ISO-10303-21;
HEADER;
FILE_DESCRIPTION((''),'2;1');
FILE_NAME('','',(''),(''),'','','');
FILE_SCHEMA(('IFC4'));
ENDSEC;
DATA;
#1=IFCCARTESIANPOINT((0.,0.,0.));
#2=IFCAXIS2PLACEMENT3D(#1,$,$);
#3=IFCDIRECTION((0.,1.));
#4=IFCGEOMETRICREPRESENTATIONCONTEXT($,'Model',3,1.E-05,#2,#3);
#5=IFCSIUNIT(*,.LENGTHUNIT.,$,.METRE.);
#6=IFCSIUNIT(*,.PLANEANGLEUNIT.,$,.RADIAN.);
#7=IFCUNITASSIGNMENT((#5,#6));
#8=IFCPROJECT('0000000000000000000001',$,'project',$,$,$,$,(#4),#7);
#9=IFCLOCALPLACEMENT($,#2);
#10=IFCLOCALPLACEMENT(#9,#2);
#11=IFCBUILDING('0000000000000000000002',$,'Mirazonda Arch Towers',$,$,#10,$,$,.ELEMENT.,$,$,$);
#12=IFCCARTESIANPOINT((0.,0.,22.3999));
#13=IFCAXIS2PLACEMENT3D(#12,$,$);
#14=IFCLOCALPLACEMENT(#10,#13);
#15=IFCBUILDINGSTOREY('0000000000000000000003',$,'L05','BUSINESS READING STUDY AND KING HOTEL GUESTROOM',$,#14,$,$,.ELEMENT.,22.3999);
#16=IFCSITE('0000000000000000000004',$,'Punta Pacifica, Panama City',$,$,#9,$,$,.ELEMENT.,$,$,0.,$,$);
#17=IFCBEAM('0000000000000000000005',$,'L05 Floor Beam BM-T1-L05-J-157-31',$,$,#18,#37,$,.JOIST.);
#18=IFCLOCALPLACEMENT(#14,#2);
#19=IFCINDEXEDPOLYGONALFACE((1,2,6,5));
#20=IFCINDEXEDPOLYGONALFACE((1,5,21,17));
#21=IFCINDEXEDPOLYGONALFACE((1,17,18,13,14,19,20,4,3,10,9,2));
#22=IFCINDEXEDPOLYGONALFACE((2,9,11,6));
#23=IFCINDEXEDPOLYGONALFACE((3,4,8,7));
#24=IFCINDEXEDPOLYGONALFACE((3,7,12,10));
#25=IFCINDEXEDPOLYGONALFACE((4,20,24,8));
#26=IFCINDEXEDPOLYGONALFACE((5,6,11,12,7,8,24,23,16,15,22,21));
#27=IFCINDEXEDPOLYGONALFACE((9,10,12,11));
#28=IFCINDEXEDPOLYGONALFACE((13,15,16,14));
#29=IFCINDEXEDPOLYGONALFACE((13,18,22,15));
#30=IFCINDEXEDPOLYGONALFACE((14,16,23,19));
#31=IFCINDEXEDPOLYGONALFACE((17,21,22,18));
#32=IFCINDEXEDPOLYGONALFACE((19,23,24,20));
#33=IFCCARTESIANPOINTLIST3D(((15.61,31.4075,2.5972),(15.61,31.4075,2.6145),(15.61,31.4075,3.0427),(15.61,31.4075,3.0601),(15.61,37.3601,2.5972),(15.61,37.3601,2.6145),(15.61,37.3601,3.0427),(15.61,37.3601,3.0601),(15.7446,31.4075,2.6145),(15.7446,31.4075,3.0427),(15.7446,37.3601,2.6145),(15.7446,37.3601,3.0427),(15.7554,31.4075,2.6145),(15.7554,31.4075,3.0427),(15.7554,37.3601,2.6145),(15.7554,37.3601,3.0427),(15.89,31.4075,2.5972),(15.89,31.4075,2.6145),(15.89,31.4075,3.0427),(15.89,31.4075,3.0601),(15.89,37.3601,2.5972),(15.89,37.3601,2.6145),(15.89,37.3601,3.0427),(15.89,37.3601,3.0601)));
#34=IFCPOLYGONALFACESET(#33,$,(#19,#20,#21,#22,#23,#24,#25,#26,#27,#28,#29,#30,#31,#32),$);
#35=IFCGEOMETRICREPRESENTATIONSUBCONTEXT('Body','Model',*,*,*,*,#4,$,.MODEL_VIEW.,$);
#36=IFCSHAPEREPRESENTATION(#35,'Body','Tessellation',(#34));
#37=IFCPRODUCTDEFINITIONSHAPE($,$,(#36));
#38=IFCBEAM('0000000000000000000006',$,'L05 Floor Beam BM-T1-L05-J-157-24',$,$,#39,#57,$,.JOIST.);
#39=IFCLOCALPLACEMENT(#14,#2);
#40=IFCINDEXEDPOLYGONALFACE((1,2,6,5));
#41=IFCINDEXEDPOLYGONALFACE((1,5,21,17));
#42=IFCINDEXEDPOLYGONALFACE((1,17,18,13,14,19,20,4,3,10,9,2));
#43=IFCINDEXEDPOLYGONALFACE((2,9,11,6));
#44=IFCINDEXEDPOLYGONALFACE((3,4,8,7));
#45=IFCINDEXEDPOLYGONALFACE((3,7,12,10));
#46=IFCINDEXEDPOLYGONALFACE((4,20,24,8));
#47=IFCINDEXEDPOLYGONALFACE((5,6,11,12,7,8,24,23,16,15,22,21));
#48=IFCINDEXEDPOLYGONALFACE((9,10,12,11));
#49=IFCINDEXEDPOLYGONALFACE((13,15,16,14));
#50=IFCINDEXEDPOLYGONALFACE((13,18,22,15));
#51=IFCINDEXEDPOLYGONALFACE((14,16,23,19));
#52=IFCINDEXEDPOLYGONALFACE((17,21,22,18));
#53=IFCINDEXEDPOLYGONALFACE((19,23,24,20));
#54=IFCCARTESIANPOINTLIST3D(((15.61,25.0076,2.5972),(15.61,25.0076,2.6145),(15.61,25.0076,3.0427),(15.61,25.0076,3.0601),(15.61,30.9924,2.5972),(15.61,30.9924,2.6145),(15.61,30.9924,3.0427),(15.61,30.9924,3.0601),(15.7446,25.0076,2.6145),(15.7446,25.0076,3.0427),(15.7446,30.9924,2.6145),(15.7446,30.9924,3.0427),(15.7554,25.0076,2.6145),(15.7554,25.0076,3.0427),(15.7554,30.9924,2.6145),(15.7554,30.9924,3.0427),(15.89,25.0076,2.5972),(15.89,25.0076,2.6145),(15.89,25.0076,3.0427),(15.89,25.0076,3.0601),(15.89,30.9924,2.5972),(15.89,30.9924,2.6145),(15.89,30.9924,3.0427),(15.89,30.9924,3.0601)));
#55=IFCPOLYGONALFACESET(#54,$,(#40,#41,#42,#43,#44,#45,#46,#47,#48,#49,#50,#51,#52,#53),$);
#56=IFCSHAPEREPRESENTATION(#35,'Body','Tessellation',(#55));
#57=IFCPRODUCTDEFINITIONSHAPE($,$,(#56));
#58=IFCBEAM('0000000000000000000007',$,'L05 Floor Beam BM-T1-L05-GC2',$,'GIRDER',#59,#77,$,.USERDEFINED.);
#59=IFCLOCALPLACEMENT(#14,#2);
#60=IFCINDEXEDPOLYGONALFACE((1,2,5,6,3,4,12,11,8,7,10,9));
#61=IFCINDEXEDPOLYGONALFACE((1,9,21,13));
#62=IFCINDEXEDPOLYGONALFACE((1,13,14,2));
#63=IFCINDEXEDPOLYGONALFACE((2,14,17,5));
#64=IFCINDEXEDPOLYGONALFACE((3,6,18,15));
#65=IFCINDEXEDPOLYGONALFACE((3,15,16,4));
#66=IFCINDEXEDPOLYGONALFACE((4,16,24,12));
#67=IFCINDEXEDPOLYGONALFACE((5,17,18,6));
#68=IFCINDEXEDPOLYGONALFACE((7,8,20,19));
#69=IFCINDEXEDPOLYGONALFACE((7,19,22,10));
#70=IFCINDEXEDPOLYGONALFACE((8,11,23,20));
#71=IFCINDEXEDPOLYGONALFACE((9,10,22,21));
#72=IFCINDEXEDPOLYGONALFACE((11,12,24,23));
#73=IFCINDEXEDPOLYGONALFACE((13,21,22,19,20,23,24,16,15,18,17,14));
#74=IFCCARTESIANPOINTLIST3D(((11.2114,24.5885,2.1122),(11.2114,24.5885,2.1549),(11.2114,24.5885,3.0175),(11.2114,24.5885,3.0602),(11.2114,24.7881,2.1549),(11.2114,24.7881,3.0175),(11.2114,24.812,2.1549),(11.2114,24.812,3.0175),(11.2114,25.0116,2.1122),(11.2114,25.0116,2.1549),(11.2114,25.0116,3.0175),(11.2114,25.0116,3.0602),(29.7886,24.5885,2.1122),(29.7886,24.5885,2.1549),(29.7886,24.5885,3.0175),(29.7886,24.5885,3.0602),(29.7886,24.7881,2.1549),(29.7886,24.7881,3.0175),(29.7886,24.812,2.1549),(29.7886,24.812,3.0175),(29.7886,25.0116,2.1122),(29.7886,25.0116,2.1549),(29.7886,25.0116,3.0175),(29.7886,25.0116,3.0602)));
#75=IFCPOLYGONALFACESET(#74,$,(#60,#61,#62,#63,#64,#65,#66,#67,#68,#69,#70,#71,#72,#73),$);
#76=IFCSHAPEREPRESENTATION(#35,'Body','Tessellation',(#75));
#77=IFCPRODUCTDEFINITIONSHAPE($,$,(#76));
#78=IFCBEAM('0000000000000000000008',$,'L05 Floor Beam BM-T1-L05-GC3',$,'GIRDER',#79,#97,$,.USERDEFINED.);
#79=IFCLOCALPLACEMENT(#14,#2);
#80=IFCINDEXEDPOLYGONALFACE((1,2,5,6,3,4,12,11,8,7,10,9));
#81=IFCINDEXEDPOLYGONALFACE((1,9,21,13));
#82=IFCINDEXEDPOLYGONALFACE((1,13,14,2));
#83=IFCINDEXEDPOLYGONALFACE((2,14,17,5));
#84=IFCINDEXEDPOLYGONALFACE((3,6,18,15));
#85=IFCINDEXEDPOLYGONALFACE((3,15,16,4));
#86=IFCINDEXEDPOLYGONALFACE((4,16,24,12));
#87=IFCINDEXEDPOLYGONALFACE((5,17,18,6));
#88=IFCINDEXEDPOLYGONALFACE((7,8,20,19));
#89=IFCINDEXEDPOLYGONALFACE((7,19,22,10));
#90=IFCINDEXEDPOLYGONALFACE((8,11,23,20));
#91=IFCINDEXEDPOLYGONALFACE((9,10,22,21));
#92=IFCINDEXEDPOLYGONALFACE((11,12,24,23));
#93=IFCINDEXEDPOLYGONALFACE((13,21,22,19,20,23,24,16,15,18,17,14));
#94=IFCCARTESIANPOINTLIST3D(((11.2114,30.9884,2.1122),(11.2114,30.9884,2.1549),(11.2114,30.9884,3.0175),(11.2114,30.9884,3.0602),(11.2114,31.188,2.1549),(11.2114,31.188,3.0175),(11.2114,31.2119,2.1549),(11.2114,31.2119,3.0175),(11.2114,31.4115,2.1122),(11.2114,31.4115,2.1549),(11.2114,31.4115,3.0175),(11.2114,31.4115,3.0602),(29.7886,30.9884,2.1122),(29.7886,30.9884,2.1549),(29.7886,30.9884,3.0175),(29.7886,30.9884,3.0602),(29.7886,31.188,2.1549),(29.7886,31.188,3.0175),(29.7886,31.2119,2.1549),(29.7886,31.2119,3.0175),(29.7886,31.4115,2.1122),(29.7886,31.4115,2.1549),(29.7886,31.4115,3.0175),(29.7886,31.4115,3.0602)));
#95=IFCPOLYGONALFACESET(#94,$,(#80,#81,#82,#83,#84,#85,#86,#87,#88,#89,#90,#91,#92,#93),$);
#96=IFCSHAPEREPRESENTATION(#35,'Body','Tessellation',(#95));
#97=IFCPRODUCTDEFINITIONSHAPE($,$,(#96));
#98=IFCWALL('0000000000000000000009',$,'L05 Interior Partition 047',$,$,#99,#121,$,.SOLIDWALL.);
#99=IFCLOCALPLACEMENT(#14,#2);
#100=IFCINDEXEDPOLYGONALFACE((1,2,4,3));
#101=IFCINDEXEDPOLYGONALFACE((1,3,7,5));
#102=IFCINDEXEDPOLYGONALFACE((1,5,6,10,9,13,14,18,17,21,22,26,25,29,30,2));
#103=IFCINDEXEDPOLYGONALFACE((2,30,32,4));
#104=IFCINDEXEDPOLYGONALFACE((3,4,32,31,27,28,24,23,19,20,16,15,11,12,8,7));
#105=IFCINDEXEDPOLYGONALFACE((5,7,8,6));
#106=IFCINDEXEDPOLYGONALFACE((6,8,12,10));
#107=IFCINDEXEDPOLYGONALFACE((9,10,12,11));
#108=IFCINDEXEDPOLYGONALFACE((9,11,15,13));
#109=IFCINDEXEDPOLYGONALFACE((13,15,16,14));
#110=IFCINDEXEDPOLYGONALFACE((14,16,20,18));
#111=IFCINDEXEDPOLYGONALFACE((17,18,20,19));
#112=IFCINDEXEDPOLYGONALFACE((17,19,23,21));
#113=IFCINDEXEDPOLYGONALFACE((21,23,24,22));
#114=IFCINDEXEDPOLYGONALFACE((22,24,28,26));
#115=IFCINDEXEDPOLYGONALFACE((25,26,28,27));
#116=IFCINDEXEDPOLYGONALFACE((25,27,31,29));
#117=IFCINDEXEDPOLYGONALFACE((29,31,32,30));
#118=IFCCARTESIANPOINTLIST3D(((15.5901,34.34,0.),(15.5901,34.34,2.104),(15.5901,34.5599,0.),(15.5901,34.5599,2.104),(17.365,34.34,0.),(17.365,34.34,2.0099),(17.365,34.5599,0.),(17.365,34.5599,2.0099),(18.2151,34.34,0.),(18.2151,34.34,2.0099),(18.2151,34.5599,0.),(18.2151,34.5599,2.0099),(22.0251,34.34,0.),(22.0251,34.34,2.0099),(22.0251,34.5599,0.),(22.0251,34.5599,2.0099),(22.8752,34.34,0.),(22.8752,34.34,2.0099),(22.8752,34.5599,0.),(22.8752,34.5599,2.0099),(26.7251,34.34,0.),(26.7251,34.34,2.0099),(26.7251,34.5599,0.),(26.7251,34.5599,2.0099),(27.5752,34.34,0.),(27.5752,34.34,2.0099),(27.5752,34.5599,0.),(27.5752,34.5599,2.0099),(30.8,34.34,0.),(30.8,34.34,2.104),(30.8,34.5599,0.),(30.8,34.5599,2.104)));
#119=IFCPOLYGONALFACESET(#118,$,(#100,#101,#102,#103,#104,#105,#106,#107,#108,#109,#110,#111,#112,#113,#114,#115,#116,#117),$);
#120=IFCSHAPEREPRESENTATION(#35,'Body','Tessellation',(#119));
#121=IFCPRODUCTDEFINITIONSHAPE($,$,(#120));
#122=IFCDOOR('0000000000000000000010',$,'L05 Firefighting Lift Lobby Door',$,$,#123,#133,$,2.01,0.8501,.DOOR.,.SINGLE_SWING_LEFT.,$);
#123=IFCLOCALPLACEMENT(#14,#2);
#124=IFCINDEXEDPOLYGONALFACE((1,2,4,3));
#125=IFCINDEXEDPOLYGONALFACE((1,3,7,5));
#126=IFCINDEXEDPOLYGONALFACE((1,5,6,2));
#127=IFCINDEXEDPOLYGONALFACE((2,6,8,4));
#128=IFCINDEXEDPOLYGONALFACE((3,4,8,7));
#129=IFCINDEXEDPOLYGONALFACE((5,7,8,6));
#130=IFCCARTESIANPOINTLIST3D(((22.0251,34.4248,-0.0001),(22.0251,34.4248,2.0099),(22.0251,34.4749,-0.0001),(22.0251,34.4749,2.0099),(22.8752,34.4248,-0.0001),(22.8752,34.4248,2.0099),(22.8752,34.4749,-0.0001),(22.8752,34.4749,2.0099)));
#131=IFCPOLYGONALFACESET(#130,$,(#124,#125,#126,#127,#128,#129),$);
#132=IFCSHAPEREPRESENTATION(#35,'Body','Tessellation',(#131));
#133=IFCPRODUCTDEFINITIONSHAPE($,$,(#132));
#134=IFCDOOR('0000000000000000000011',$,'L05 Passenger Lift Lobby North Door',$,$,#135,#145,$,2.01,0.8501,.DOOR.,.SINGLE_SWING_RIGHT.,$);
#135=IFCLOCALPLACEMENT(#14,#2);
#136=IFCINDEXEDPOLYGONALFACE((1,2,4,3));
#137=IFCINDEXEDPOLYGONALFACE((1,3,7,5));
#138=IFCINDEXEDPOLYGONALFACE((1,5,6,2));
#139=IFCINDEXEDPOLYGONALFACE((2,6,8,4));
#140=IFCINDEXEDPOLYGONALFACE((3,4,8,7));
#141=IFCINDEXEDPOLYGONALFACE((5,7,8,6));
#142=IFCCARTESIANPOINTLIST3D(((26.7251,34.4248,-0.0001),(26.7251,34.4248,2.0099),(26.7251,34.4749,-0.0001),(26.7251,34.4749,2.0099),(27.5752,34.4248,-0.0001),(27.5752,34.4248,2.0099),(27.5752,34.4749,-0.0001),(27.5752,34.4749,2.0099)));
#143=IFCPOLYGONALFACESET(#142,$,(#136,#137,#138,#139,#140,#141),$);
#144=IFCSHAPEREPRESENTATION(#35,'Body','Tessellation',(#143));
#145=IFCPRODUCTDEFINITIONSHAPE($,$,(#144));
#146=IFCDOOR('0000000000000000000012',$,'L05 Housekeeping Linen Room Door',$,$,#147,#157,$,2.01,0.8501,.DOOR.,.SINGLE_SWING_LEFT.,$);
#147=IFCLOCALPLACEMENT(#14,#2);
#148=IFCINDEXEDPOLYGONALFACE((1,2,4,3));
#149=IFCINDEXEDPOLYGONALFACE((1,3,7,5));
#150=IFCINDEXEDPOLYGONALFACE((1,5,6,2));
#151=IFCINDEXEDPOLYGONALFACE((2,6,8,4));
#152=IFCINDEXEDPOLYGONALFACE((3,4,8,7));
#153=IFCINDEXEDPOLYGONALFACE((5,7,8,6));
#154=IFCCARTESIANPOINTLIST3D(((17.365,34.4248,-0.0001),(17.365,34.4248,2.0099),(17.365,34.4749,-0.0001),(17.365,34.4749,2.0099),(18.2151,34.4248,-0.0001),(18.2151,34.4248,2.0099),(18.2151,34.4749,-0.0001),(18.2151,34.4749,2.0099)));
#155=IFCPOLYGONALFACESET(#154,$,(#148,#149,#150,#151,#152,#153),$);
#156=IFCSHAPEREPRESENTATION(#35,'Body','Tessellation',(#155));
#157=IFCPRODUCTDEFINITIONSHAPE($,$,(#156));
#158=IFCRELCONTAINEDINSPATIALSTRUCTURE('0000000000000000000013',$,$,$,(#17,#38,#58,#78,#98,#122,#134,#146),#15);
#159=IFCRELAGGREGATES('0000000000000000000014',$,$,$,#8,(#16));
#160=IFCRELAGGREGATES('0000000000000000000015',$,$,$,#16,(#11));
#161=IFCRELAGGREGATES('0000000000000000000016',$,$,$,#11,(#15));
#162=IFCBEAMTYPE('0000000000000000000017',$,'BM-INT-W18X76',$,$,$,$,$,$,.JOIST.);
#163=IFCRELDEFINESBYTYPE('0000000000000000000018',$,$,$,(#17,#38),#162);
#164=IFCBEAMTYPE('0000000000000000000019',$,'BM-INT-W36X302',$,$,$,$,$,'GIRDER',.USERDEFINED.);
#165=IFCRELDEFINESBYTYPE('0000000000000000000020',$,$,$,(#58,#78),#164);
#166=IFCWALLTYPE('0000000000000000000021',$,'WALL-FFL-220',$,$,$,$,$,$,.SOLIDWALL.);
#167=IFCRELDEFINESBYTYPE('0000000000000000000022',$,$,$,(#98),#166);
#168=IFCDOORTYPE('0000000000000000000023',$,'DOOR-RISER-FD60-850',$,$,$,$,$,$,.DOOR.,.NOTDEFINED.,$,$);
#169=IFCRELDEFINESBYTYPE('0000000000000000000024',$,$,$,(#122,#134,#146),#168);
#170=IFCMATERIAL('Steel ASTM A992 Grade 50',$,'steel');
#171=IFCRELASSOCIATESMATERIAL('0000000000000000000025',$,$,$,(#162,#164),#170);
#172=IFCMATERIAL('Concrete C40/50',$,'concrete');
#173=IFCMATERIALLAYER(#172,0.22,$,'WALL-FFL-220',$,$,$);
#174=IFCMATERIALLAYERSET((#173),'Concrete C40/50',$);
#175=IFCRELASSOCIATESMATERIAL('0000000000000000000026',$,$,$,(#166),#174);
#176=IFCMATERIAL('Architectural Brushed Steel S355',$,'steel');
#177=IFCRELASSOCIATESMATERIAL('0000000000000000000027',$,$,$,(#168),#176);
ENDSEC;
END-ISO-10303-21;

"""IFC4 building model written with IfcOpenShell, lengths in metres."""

from ifc_helpers import new_model, si_unit, direction, frame, frame_2d, origin, origin_2d, place, context, subcontext, project, spatial, rectangle, i_section, extrude, material, layer, layer_set, material_profile, profile_set, type_object, element, fill, save


model = new_model("IFC4")

# Units and contexts
model_context = context("Model", 3, precision=1e-05, world=origin(), true_north=direction((0.0, 1.0)))
body_context = subcontext(model_context, "Body", "Model", "MODEL_VIEW")
ifc_project = project(units=[si_unit("LENGTHUNIT", "METRE"), si_unit("PLANEANGLEUNIT", "RADIAN")], contexts=[model_context])

# Site, building, storey
site_placement = place(None, origin())
site = spatial("IfcSite", under=ifc_project, at=site_placement, Name="Punta Pacifica, Panama City", CompositionType="ELEMENT", RefElevation=0.0)
building_placement = place(site_placement, origin())
building = spatial("IfcBuilding", under=site, at=building_placement, Name="Mirazonda Arch Towers", CompositionType="ELEMENT")
storey_placement = place(building_placement, frame((0.0, 0.0, 22.3999)))
storey = spatial("IfcBuildingStorey", under=building, at=storey_placement, Name="L05", Description="BUSINESS READING STUDY AND KING HOTEL GUESTROOM", CompositionType="ELEMENT", Elevation=22.3999)

# Beams
ifc_material_1 = material(Name="Steel ASTM A992 Grade 50", Category="steel")
ifc_material_profile_1 = material_profile(ifc_material_1, i_section(OverallWidth=0.28, OverallDepth=0.4629, WebThickness=0.0107, FlangeThickness=0.0173, at=origin_2d()), Name="W18X76")
ifc_profile_set_1 = profile_set([ifc_material_profile_1], Name="Steel ASTM A992 Grade 50")
beam_type_1 = type_object("IfcBeamType", Name="BM-INT-W18X76", PredefinedType="JOIST", material=ifc_profile_set_1)
beam_1_placement = place(storey_placement, frame((15.75, 31.4075, 2.8286), z_axis=(0.0, 1.0, 0.0), x_axis=(-1.0, 0.0, 0.0)))
element("IfcBeam", 1, at=beam_1_placement, inside=storey, type_object=beam_type_1, Name="L05 Floor Beam BM-T1-L05-J-157-31", PredefinedType="JOIST", context=body_context, shape_type="SweptSolid", body=[
    extrude(i_section(OverallWidth=0.28, OverallDepth=0.4629, WebThickness=0.0107, FlangeThickness=0.0173, at=origin_2d()), origin(), (0.0, 0.0, 1.0), 5.9526),
])
beam_2_placement = place(storey_placement, frame((15.75, 25.0076, 2.8286), z_axis=(0.0, 1.0, 0.0), x_axis=(-1.0, 0.0, 0.0)))
element("IfcBeam", 2, at=beam_2_placement, inside=storey, type_object=beam_type_1, Name="L05 Floor Beam BM-T1-L05-J-157-24", PredefinedType="JOIST", context=body_context, shape_type="SweptSolid", body=[
    extrude(i_section(OverallWidth=0.28, OverallDepth=0.4629, WebThickness=0.0107, FlangeThickness=0.0173, at=origin_2d()), origin(), (0.0, 0.0, 1.0), 5.9849),
])
ifc_material_profile_2 = material_profile(ifc_material_1, i_section(OverallWidth=0.4231, OverallDepth=0.948, WebThickness=0.0239, FlangeThickness=0.0427, at=origin_2d()), Name="W36X302")
ifc_profile_set_2 = profile_set([ifc_material_profile_2], Name="Steel ASTM A992 Grade 50")
beam_type_2 = type_object("IfcBeamType", Name="BM-INT-W36X302", ElementType="GIRDER", PredefinedType="USERDEFINED", material=ifc_profile_set_2)
for number, where, z_axis, x_axis, name in (
    (3, (11.2114, 24.8, 2.5862), (1.0, 0.0, 0.0), (0.0, 1.0, 0.0), "L05 Floor Beam BM-T1-L05-GC2"),
    (4, (11.2114, 31.2, 2.5862), (1.0, 0.0, 0.0), (0.0, 1.0, 0.0), "L05 Floor Beam BM-T1-L05-GC3"),
):
    element("IfcBeam", number, at=place(storey_placement, frame(where, z_axis=z_axis, x_axis=x_axis)), inside=storey, type_object=beam_type_2, Name=name, ObjectType="GIRDER", PredefinedType="USERDEFINED", context=body_context, shape_type="SweptSolid", body=[
        extrude(i_section(OverallWidth=0.4231, OverallDepth=0.948, WebThickness=0.0239, FlangeThickness=0.0427, at=origin_2d()), origin(), (0.0, 0.0, 1.0), 18.5771),
    ])

# Wall, openings, doors
ifc_material_2 = material(Name="Concrete C40/50", Category="concrete")
ifc_layer_1 = layer(ifc_material_2, 0.22, Name="WALL-FFL-220")
ifc_layer_set_1 = layer_set([ifc_layer_1], Name="Concrete C40/50")
wall_type_1 = type_object("IfcWallType", Name="WALL-FFL-220", PredefinedType="SOLIDWALL", material=ifc_layer_set_1)
wall_1_placement = place(storey_placement, frame((15.5901, 34.45, 0.0), z_axis=(0.0, 0.0, 1.0), x_axis=(1.0, 0.0, 0.0)))
wall_1 = element("IfcWall", 5, at=wall_1_placement, inside=storey, type_object=wall_type_1, Name="L05 Interior Partition 047", PredefinedType="SOLIDWALL", context=body_context, shape_type="SweptSolid", body=[
    extrude(rectangle(XDim=15.21, YDim=0.22, at=frame_2d((7.605, 0.0))), origin(), (0.0, 0.0, 1.0), 2.104),
])
opening_1_placement = place(wall_1_placement, frame((6.4351, 0.0, 0.0)))
opening_1 = element("IfcOpeningElement", 6, at=opening_1_placement, cuts=wall_1, PredefinedType="OPENING", context=body_context, shape_type="SweptSolid", body=[
    extrude(rectangle(XDim=0.8501, YDim=2.01, at=frame_2d((0.425, 1.0049))), frame((0.0, 0.1199, 0.0), z_axis=(0.0, -1.0, 0.0), x_axis=(1.0, 0.0, 0.0)), (0.0, 0.0, 1.0), 0.24),
])
opening_2_placement = place(wall_1_placement, frame((11.135, 0.0, 0.0)))
opening_2 = element("IfcOpeningElement", 7, at=opening_2_placement, cuts=wall_1, PredefinedType="OPENING", context=body_context, shape_type="SweptSolid", body=[
    extrude(rectangle(XDim=0.8501, YDim=2.01, at=frame_2d((0.425, 1.0049))), frame((0.0, 0.1199, 0.0), z_axis=(0.0, -1.0, 0.0), x_axis=(1.0, 0.0, 0.0)), (0.0, 0.0, 1.0), 0.24),
])
opening_3_placement = place(wall_1_placement, frame((1.7749, 0.0, 0.0)))
opening_3 = element("IfcOpeningElement", 8, at=opening_3_placement, cuts=wall_1, PredefinedType="OPENING", context=body_context, shape_type="SweptSolid", body=[
    extrude(rectangle(XDim=0.8501, YDim=2.01, at=frame_2d((0.425, 1.0049))), frame((0.0, 0.1199, 0.0), z_axis=(0.0, -1.0, 0.0), x_axis=(1.0, 0.0, 0.0)), (0.0, 0.0, 1.0), 0.24),
])
ifc_material_3 = material(Name="Architectural Brushed Steel S355", Category="steel")
door_type_1 = type_object("IfcDoorType", Name="DOOR-RISER-FD60-850", OperationType="NOTDEFINED", PredefinedType="DOOR", material=ifc_material_3)
door_1_placement = place(opening_1_placement, origin())
door_1 = element("IfcDoor", 9, at=door_1_placement, inside=storey, type_object=door_type_1, Name="L05 Firefighting Lift Lobby Door", OperationType="SINGLE_SWING_LEFT", OverallHeight=2.01, OverallWidth=0.8501, PredefinedType="DOOR", context=body_context, shape_type="SweptSolid", body=[
    extrude(rectangle(XDim=0.8501, YDim=2.01, at=frame_2d((0.425, 1.0049))), frame((0.0, 0.0249, 0.0), z_axis=(0.0, -1.0, 0.0), x_axis=(1.0, 0.0, 0.0)), (0.0, 0.0, 1.0), 0.05),
])
fill(opening_1, door_1)
door_2_placement = place(opening_2_placement, origin())
door_2 = element("IfcDoor", 10, at=door_2_placement, inside=storey, type_object=door_type_1, Name="L05 Passenger Lift Lobby North Door", OperationType="SINGLE_SWING_RIGHT", OverallHeight=2.01, OverallWidth=0.8501, PredefinedType="DOOR", context=body_context, shape_type="SweptSolid", body=[
    extrude(rectangle(XDim=0.8501, YDim=2.01, at=frame_2d((0.425, 1.0049))), frame((0.0, 0.0249, 0.0), z_axis=(0.0, -1.0, 0.0), x_axis=(1.0, 0.0, 0.0)), (0.0, 0.0, 1.0), 0.05),
])
fill(opening_2, door_2)
door_3_placement = place(opening_3_placement, origin())
door_3 = element("IfcDoor", 11, at=door_3_placement, inside=storey, type_object=door_type_1, Name="L05 Housekeeping Linen Room Door", OperationType="SINGLE_SWING_LEFT", OverallHeight=2.01, OverallWidth=0.8501, PredefinedType="DOOR", context=body_context, shape_type="SweptSolid", body=[
    extrude(rectangle(XDim=0.8501, YDim=2.01, at=frame_2d((0.425, 1.0049))), frame((0.0, 0.0249, 0.0), z_axis=(0.0, -1.0, 0.0), x_axis=(1.0, 0.0, 0.0)), (0.0, 0.0, 1.0), 0.05),
])
fill(opening_3, door_3)

save(model, "model.ifc")
